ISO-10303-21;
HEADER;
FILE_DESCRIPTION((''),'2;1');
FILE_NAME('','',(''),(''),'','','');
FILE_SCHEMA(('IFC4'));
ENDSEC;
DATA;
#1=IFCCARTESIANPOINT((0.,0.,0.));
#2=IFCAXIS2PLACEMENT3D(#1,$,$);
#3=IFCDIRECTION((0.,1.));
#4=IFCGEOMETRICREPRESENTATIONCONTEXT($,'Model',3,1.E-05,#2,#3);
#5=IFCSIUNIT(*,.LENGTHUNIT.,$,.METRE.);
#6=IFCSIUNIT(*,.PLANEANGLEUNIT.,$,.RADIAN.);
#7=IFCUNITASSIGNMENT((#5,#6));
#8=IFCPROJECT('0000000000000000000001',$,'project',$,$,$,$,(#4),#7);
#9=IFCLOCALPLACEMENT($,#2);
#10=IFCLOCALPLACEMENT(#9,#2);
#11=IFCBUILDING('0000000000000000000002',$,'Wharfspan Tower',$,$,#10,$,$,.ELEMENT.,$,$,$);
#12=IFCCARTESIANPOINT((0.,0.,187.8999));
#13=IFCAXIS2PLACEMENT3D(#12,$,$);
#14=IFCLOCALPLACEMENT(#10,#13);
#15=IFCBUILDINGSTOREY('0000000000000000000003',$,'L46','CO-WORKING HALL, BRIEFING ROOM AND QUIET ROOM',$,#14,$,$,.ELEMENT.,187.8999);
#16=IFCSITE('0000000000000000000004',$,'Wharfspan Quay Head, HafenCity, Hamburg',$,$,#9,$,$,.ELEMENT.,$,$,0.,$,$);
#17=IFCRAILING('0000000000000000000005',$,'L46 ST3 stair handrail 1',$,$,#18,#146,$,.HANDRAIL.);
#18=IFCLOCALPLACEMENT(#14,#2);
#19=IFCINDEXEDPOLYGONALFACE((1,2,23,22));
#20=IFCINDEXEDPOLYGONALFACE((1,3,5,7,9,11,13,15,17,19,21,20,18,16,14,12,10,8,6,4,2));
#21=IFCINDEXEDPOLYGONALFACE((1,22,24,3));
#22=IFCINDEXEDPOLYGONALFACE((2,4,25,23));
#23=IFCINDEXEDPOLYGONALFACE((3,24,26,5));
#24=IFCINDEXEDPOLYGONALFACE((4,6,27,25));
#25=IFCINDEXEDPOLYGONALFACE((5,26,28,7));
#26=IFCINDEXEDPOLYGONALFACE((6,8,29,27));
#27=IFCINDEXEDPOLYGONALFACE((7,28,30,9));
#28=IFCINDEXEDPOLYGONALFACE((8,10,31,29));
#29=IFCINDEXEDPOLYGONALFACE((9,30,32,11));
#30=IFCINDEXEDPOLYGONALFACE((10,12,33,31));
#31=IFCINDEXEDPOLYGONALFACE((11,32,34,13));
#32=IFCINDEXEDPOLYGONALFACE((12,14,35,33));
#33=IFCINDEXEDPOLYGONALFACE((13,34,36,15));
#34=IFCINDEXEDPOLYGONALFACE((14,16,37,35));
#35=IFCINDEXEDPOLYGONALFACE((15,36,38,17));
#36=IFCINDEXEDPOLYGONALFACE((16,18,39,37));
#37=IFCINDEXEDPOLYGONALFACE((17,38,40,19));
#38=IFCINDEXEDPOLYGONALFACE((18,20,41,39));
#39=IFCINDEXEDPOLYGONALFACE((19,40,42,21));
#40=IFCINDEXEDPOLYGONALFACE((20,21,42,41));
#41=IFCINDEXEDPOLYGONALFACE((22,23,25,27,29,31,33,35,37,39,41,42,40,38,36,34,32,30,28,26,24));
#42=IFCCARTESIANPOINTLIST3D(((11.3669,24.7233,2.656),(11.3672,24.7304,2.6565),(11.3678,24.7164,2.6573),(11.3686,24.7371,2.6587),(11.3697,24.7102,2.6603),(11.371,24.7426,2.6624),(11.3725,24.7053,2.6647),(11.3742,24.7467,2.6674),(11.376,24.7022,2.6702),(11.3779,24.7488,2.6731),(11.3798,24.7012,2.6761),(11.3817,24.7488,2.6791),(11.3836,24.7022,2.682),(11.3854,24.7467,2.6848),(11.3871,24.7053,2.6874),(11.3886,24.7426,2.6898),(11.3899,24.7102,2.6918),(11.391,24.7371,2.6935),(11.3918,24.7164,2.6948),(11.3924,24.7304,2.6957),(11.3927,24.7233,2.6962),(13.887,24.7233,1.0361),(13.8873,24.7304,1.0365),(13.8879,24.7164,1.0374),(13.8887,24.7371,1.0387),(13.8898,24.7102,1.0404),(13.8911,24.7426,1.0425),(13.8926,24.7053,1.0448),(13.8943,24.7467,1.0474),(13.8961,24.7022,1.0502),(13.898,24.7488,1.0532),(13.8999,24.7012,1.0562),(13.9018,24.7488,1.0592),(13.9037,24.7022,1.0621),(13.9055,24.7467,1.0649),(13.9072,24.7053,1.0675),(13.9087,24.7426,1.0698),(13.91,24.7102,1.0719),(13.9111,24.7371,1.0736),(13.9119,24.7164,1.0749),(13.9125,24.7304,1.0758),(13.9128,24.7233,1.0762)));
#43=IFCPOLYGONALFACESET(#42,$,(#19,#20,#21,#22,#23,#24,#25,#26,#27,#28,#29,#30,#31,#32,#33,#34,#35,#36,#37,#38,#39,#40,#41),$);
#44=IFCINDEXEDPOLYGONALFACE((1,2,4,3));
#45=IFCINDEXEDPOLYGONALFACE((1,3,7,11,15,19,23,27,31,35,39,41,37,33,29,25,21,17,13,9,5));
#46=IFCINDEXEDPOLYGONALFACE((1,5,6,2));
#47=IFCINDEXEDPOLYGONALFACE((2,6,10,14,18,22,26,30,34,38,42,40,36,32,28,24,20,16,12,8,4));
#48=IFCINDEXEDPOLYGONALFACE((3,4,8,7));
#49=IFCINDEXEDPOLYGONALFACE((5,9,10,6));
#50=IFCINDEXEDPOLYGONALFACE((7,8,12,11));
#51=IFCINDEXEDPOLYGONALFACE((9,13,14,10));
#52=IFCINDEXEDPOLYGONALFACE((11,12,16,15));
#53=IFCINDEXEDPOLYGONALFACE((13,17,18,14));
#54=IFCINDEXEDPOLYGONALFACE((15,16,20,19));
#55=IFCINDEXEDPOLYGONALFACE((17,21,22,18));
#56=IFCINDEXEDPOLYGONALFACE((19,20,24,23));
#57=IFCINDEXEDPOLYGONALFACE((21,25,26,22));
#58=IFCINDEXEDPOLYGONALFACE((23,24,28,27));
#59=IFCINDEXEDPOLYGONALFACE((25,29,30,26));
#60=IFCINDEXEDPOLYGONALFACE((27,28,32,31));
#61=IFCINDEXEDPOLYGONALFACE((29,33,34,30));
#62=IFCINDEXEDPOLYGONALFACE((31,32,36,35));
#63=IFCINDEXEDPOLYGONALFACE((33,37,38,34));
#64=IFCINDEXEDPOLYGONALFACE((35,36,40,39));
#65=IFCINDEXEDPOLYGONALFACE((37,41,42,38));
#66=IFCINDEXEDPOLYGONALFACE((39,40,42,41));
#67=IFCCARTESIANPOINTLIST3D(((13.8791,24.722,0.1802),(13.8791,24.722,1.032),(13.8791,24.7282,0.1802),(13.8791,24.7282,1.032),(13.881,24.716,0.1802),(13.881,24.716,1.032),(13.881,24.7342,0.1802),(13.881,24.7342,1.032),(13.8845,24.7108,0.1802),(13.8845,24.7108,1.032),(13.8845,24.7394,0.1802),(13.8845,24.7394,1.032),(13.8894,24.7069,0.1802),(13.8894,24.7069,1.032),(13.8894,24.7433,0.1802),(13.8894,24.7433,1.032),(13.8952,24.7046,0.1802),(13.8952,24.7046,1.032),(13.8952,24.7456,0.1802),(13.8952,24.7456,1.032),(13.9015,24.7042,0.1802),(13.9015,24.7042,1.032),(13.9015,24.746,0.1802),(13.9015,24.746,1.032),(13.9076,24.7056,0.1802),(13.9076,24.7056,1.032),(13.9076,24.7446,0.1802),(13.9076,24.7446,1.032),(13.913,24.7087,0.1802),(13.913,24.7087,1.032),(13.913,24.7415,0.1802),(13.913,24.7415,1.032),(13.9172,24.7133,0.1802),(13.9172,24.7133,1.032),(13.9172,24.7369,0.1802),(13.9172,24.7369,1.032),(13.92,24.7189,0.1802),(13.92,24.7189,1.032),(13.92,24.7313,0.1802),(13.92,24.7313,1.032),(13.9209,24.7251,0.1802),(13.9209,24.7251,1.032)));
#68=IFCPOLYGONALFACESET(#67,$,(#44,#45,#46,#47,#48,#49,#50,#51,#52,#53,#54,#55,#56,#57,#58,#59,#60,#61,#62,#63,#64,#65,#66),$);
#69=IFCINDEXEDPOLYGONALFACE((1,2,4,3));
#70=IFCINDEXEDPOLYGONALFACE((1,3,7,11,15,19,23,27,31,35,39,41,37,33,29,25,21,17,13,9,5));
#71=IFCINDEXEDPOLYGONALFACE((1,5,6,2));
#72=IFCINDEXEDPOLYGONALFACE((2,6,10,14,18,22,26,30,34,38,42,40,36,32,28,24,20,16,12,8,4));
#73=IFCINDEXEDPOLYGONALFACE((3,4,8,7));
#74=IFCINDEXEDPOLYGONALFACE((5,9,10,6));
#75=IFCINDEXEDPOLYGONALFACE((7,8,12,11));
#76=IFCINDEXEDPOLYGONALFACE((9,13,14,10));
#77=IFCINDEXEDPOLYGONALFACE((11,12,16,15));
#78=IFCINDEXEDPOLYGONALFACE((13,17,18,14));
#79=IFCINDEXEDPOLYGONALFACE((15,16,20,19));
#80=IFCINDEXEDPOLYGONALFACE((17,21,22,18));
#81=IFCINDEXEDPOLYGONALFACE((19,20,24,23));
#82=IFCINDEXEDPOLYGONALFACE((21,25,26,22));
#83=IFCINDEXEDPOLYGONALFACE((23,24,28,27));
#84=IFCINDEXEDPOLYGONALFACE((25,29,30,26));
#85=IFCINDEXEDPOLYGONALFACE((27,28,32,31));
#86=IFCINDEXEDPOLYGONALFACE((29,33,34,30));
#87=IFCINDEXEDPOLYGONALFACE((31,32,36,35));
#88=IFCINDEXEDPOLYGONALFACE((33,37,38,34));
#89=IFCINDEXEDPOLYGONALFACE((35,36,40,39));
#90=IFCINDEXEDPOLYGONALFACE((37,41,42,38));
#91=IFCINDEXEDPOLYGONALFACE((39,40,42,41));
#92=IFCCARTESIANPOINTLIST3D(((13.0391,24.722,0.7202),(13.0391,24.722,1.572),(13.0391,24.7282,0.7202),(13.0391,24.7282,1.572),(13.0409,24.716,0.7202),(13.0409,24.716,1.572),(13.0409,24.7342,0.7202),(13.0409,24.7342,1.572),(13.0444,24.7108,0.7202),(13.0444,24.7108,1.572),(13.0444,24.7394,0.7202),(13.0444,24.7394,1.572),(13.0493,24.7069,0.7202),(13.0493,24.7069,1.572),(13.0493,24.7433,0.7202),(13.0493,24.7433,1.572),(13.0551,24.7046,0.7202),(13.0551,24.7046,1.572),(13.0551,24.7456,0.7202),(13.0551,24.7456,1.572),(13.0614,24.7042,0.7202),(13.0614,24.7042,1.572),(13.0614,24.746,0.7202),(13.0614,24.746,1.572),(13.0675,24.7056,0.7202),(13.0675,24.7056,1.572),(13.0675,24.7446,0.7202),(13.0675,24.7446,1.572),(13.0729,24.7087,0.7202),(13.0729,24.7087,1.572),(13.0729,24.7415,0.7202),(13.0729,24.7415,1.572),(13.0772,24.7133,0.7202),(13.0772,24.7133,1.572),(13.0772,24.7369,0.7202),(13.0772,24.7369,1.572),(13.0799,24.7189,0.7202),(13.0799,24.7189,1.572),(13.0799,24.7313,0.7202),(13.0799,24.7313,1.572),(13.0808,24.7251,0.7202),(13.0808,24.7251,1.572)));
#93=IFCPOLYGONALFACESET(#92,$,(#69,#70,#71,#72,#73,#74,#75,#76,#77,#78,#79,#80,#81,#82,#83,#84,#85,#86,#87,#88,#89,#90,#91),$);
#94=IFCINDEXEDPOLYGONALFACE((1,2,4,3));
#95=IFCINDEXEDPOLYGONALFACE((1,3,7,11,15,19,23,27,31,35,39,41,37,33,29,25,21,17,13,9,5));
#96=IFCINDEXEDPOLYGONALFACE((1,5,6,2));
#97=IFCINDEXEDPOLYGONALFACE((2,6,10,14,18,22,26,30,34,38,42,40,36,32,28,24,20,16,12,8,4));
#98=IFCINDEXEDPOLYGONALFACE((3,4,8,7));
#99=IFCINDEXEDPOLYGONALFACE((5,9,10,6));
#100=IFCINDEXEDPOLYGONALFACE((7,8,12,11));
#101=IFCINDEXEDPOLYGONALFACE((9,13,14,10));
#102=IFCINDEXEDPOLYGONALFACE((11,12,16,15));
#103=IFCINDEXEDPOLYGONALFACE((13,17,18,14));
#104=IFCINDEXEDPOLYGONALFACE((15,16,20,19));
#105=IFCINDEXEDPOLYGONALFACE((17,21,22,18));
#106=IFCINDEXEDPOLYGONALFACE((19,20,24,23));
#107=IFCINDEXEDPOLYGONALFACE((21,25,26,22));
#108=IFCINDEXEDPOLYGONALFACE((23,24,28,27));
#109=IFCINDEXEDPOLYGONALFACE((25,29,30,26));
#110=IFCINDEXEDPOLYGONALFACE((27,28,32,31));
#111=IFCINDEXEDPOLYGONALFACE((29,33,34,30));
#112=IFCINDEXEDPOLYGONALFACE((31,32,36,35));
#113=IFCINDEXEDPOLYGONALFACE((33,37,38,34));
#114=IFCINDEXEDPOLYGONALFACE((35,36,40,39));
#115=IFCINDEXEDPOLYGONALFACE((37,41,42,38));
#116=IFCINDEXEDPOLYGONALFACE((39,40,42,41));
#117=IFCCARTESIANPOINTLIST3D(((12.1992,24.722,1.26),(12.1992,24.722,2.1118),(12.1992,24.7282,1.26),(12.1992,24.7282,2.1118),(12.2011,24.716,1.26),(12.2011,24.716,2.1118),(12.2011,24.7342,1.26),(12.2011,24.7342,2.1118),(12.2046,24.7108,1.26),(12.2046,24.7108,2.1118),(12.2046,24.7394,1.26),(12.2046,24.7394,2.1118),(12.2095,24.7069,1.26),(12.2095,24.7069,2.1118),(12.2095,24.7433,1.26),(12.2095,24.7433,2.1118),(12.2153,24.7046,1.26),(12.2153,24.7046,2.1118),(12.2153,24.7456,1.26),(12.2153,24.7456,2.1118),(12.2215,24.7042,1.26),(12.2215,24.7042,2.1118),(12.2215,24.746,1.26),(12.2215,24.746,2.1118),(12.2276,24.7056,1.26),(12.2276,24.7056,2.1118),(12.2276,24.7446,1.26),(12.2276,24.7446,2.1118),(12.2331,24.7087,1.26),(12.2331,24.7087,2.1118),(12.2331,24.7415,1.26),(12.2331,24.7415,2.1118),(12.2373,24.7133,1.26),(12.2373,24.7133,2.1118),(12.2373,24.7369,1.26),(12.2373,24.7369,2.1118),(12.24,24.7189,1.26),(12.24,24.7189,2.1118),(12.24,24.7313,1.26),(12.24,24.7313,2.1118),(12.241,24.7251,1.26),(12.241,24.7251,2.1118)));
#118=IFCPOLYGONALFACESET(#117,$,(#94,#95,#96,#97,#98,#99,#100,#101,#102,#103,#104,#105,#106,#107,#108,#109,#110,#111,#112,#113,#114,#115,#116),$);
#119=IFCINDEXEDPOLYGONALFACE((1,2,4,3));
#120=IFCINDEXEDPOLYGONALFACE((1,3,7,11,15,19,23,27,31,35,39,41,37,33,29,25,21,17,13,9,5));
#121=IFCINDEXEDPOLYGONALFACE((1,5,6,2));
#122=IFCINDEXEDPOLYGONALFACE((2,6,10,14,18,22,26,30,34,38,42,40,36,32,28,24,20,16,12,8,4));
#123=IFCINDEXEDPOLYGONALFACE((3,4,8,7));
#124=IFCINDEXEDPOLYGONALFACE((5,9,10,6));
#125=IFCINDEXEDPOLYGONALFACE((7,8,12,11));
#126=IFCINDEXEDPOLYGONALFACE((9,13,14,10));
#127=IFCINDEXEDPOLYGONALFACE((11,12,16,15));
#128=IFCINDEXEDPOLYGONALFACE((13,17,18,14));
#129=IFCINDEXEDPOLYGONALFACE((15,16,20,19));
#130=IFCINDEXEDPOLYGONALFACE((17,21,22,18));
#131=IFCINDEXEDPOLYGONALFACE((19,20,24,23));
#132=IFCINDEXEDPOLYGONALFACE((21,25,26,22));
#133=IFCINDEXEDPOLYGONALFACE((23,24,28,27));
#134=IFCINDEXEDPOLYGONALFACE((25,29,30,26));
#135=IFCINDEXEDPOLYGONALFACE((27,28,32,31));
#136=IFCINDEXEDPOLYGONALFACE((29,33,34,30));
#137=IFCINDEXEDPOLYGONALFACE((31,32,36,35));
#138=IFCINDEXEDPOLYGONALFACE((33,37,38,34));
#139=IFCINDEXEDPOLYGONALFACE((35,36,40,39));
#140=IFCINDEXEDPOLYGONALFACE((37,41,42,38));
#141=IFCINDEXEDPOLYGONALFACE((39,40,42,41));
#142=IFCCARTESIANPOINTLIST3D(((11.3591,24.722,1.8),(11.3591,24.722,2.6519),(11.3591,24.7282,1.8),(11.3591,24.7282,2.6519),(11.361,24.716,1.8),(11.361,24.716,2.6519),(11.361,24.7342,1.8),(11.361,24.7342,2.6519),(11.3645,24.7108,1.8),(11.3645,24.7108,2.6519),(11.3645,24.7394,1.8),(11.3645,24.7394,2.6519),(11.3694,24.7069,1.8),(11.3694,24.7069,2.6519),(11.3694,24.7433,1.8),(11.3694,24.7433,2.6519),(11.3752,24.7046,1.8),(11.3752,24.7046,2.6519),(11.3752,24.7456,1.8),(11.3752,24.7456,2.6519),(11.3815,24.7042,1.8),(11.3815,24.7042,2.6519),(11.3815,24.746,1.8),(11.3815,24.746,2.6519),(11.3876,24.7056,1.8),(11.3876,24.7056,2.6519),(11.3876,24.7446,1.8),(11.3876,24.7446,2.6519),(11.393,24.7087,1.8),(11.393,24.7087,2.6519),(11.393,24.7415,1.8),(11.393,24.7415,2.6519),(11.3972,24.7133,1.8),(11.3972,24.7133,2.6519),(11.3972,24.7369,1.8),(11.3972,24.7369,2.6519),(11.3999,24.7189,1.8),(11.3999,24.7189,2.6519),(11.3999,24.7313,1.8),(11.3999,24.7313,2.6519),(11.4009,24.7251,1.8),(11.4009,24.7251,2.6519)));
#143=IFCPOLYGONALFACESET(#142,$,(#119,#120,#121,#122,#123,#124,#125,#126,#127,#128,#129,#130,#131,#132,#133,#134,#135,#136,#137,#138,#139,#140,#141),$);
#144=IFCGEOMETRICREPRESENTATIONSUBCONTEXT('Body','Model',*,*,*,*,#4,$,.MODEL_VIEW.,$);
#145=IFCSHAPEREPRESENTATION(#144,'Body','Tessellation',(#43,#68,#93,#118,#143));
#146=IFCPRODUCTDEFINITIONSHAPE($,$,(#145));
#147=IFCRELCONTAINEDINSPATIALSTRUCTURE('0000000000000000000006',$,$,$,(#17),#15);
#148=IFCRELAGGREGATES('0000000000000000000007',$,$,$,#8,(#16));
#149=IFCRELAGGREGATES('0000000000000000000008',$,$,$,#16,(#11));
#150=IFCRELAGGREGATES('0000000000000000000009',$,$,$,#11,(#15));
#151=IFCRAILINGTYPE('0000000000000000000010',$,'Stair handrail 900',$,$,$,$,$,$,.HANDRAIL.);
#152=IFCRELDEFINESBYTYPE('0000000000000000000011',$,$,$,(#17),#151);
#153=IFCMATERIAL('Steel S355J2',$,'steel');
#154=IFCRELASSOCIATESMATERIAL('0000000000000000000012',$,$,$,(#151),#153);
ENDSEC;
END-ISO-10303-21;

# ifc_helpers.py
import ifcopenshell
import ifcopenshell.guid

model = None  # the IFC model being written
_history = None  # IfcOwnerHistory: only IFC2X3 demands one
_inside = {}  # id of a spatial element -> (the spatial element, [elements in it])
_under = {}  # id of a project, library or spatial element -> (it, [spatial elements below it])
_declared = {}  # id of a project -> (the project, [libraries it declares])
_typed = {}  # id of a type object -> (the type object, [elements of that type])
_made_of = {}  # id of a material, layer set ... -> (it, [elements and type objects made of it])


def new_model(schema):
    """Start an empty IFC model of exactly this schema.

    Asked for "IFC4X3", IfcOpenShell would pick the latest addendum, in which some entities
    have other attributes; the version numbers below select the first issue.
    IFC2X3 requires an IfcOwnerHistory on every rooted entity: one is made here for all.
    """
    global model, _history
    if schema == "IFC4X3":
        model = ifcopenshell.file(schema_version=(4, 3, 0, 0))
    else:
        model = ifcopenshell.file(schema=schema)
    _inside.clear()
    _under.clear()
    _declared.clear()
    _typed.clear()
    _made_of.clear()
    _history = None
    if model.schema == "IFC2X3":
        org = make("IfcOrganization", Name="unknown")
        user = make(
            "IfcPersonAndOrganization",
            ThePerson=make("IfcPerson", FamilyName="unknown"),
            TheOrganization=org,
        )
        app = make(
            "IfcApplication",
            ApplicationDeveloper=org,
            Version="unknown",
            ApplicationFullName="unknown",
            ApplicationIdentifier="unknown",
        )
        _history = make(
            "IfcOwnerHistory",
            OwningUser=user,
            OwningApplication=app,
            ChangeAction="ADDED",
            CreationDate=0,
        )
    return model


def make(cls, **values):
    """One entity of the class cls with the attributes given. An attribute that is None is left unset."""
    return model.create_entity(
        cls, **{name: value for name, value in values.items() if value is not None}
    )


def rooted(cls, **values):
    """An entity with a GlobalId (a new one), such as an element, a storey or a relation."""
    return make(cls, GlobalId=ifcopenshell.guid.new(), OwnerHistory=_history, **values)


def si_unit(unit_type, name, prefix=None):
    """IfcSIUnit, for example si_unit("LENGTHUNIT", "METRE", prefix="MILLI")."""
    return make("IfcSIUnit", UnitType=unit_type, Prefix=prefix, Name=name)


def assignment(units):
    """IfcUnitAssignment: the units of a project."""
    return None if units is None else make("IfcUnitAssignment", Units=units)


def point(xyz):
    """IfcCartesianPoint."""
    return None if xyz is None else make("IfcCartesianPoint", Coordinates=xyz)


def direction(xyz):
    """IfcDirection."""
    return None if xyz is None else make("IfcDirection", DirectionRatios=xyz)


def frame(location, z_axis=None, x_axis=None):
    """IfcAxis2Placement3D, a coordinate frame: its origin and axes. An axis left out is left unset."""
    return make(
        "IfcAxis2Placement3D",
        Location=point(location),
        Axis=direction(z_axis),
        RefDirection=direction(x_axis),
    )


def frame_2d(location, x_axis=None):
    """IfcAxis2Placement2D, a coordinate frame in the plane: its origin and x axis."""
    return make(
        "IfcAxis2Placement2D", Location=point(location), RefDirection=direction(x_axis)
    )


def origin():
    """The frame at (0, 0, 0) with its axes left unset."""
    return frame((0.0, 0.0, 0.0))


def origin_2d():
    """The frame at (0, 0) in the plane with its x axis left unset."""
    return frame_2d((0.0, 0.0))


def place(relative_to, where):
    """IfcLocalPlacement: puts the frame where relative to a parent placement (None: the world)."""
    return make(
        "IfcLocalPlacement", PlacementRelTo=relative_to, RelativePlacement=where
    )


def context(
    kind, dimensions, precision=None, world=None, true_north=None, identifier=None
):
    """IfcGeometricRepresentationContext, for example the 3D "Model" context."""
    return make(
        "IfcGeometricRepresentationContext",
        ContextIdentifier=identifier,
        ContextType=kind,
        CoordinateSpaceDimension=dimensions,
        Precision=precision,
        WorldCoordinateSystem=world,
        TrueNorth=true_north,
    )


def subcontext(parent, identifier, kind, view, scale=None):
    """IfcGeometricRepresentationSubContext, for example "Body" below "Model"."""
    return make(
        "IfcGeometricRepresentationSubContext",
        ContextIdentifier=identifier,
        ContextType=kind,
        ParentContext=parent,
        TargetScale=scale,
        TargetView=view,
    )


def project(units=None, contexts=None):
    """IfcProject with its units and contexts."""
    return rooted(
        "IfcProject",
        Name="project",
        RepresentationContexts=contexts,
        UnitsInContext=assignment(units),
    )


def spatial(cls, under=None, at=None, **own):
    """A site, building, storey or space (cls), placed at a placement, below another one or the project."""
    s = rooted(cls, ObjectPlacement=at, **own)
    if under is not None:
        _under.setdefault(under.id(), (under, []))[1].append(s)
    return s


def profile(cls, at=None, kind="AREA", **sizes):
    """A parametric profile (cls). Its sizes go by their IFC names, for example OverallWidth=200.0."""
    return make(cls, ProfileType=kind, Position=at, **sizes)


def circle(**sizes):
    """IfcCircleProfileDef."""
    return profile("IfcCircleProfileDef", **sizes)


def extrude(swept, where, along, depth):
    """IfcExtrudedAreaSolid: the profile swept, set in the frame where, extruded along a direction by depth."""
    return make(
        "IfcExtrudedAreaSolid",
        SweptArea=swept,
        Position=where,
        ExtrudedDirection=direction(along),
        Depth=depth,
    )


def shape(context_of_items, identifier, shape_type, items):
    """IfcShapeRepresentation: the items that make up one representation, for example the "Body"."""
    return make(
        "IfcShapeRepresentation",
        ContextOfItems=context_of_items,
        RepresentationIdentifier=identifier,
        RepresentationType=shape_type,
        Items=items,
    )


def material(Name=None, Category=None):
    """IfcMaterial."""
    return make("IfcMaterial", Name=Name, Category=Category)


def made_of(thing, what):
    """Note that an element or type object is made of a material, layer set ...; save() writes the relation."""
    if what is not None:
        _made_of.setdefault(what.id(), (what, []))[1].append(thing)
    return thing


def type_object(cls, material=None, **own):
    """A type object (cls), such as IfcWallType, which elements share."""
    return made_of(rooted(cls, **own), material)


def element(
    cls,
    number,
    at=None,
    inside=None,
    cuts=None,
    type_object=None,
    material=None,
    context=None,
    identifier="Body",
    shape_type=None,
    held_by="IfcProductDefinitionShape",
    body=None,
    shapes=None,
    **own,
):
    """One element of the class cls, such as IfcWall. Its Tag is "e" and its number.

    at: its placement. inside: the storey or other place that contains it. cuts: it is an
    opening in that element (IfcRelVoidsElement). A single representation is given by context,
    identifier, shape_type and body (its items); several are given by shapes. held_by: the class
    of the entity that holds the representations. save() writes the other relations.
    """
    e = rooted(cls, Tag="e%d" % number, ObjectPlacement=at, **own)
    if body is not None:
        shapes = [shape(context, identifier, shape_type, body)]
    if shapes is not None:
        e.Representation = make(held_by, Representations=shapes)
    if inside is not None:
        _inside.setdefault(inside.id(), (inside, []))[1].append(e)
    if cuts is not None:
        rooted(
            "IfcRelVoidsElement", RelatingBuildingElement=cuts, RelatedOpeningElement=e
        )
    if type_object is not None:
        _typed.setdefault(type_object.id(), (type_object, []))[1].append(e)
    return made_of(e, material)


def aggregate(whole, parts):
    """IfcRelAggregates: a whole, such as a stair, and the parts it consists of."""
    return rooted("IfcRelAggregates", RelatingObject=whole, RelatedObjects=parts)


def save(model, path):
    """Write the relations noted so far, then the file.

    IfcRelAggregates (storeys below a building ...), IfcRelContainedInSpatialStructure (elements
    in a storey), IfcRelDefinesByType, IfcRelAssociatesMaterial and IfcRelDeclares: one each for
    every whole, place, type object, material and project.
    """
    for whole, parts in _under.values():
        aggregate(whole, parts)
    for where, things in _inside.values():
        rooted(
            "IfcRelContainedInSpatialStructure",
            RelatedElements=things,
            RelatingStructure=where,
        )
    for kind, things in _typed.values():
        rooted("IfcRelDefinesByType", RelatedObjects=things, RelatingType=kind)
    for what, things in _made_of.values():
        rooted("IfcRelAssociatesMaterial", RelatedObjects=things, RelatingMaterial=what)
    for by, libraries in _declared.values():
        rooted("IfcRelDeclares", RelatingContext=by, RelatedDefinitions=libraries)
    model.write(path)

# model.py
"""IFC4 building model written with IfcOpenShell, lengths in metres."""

from ifc_helpers import new_model, si_unit, direction, frame, origin, origin_2d, place, context, subcontext, project, spatial, circle, extrude, material, type_object, element, save


model = new_model("IFC4")

# Units and contexts
model_context = context("Model", 3, precision=1e-05, world=origin(), true_north=direction((0.0, 1.0)))
body_context = subcontext(model_context, "Body", "Model", "MODEL_VIEW")
ifc_project = project(units=[si_unit("LENGTHUNIT", "METRE"), si_unit("PLANEANGLEUNIT", "RADIAN")], contexts=[model_context])

# Site, building, storey
site_placement = place(None, origin())
site = spatial("IfcSite", under=ifc_project, at=site_placement, Name="Wharfspan Quay Head, HafenCity, Hamburg", CompositionType="ELEMENT", RefElevation=0.0)
building_placement = place(site_placement, origin())
building = spatial("IfcBuilding", under=site, at=building_placement, Name="Wharfspan Tower", CompositionType="ELEMENT")
storey_placement = place(building_placement, frame((0.0, 0.0, 187.8999)))
storey = spatial("IfcBuildingStorey", under=building, at=storey_placement, Name="L46", Description="CO-WORKING HALL, BRIEFING ROOM AND QUIET ROOM", CompositionType="ELEMENT", Elevation=187.8999)

# Shared definitions
ifc_material_1 = material(Name="Steel S355J2", Category="steel")

# Railing
railing_type_1 = type_object("IfcRailingType", Name="Stair handrail 900", PredefinedType="HANDRAIL", material=ifc_material_1)
railing_1_placement = place(storey_placement, frame((13.8999, 24.7251, 0.1802)))
element("IfcRailing", 1, at=railing_1_placement, inside=storey, type_object=railing_type_1, Name="L46 ST3 stair handrail 1", PredefinedType="HANDRAIL", context=body_context, shape_type="SweptSolid", body=[
    extrude(circle(Radius=0.0239, at=origin_2d()), frame((0.0, 0.0, 0.876), z_axis=(-0.8412, 0.0, 0.540725), x_axis=(0.0, -1.0, 0.0)), (0.0, 0.0, 1.0), 2.9958),
    extrude(circle(Radius=0.021, at=origin_2d()), origin(), (0.0, 0.0, 1.0), 0.8518),
    extrude(circle(Radius=0.021, at=origin_2d()), frame((-0.8401, 0.0, 0.54)), (0.0, 0.0, 1.0), 0.8518),
    extrude(circle(Radius=0.021, at=origin_2d()), frame((-1.6799, 0.0, 1.0798)), (0.0, 0.0, 1.0), 0.8518),
    extrude(circle(Radius=0.021, at=origin_2d()), frame((-2.52, 0.0, 1.6199)), (0.0, 0.0, 1.0), 0.8518),
])

save(model, "model.ifc")
